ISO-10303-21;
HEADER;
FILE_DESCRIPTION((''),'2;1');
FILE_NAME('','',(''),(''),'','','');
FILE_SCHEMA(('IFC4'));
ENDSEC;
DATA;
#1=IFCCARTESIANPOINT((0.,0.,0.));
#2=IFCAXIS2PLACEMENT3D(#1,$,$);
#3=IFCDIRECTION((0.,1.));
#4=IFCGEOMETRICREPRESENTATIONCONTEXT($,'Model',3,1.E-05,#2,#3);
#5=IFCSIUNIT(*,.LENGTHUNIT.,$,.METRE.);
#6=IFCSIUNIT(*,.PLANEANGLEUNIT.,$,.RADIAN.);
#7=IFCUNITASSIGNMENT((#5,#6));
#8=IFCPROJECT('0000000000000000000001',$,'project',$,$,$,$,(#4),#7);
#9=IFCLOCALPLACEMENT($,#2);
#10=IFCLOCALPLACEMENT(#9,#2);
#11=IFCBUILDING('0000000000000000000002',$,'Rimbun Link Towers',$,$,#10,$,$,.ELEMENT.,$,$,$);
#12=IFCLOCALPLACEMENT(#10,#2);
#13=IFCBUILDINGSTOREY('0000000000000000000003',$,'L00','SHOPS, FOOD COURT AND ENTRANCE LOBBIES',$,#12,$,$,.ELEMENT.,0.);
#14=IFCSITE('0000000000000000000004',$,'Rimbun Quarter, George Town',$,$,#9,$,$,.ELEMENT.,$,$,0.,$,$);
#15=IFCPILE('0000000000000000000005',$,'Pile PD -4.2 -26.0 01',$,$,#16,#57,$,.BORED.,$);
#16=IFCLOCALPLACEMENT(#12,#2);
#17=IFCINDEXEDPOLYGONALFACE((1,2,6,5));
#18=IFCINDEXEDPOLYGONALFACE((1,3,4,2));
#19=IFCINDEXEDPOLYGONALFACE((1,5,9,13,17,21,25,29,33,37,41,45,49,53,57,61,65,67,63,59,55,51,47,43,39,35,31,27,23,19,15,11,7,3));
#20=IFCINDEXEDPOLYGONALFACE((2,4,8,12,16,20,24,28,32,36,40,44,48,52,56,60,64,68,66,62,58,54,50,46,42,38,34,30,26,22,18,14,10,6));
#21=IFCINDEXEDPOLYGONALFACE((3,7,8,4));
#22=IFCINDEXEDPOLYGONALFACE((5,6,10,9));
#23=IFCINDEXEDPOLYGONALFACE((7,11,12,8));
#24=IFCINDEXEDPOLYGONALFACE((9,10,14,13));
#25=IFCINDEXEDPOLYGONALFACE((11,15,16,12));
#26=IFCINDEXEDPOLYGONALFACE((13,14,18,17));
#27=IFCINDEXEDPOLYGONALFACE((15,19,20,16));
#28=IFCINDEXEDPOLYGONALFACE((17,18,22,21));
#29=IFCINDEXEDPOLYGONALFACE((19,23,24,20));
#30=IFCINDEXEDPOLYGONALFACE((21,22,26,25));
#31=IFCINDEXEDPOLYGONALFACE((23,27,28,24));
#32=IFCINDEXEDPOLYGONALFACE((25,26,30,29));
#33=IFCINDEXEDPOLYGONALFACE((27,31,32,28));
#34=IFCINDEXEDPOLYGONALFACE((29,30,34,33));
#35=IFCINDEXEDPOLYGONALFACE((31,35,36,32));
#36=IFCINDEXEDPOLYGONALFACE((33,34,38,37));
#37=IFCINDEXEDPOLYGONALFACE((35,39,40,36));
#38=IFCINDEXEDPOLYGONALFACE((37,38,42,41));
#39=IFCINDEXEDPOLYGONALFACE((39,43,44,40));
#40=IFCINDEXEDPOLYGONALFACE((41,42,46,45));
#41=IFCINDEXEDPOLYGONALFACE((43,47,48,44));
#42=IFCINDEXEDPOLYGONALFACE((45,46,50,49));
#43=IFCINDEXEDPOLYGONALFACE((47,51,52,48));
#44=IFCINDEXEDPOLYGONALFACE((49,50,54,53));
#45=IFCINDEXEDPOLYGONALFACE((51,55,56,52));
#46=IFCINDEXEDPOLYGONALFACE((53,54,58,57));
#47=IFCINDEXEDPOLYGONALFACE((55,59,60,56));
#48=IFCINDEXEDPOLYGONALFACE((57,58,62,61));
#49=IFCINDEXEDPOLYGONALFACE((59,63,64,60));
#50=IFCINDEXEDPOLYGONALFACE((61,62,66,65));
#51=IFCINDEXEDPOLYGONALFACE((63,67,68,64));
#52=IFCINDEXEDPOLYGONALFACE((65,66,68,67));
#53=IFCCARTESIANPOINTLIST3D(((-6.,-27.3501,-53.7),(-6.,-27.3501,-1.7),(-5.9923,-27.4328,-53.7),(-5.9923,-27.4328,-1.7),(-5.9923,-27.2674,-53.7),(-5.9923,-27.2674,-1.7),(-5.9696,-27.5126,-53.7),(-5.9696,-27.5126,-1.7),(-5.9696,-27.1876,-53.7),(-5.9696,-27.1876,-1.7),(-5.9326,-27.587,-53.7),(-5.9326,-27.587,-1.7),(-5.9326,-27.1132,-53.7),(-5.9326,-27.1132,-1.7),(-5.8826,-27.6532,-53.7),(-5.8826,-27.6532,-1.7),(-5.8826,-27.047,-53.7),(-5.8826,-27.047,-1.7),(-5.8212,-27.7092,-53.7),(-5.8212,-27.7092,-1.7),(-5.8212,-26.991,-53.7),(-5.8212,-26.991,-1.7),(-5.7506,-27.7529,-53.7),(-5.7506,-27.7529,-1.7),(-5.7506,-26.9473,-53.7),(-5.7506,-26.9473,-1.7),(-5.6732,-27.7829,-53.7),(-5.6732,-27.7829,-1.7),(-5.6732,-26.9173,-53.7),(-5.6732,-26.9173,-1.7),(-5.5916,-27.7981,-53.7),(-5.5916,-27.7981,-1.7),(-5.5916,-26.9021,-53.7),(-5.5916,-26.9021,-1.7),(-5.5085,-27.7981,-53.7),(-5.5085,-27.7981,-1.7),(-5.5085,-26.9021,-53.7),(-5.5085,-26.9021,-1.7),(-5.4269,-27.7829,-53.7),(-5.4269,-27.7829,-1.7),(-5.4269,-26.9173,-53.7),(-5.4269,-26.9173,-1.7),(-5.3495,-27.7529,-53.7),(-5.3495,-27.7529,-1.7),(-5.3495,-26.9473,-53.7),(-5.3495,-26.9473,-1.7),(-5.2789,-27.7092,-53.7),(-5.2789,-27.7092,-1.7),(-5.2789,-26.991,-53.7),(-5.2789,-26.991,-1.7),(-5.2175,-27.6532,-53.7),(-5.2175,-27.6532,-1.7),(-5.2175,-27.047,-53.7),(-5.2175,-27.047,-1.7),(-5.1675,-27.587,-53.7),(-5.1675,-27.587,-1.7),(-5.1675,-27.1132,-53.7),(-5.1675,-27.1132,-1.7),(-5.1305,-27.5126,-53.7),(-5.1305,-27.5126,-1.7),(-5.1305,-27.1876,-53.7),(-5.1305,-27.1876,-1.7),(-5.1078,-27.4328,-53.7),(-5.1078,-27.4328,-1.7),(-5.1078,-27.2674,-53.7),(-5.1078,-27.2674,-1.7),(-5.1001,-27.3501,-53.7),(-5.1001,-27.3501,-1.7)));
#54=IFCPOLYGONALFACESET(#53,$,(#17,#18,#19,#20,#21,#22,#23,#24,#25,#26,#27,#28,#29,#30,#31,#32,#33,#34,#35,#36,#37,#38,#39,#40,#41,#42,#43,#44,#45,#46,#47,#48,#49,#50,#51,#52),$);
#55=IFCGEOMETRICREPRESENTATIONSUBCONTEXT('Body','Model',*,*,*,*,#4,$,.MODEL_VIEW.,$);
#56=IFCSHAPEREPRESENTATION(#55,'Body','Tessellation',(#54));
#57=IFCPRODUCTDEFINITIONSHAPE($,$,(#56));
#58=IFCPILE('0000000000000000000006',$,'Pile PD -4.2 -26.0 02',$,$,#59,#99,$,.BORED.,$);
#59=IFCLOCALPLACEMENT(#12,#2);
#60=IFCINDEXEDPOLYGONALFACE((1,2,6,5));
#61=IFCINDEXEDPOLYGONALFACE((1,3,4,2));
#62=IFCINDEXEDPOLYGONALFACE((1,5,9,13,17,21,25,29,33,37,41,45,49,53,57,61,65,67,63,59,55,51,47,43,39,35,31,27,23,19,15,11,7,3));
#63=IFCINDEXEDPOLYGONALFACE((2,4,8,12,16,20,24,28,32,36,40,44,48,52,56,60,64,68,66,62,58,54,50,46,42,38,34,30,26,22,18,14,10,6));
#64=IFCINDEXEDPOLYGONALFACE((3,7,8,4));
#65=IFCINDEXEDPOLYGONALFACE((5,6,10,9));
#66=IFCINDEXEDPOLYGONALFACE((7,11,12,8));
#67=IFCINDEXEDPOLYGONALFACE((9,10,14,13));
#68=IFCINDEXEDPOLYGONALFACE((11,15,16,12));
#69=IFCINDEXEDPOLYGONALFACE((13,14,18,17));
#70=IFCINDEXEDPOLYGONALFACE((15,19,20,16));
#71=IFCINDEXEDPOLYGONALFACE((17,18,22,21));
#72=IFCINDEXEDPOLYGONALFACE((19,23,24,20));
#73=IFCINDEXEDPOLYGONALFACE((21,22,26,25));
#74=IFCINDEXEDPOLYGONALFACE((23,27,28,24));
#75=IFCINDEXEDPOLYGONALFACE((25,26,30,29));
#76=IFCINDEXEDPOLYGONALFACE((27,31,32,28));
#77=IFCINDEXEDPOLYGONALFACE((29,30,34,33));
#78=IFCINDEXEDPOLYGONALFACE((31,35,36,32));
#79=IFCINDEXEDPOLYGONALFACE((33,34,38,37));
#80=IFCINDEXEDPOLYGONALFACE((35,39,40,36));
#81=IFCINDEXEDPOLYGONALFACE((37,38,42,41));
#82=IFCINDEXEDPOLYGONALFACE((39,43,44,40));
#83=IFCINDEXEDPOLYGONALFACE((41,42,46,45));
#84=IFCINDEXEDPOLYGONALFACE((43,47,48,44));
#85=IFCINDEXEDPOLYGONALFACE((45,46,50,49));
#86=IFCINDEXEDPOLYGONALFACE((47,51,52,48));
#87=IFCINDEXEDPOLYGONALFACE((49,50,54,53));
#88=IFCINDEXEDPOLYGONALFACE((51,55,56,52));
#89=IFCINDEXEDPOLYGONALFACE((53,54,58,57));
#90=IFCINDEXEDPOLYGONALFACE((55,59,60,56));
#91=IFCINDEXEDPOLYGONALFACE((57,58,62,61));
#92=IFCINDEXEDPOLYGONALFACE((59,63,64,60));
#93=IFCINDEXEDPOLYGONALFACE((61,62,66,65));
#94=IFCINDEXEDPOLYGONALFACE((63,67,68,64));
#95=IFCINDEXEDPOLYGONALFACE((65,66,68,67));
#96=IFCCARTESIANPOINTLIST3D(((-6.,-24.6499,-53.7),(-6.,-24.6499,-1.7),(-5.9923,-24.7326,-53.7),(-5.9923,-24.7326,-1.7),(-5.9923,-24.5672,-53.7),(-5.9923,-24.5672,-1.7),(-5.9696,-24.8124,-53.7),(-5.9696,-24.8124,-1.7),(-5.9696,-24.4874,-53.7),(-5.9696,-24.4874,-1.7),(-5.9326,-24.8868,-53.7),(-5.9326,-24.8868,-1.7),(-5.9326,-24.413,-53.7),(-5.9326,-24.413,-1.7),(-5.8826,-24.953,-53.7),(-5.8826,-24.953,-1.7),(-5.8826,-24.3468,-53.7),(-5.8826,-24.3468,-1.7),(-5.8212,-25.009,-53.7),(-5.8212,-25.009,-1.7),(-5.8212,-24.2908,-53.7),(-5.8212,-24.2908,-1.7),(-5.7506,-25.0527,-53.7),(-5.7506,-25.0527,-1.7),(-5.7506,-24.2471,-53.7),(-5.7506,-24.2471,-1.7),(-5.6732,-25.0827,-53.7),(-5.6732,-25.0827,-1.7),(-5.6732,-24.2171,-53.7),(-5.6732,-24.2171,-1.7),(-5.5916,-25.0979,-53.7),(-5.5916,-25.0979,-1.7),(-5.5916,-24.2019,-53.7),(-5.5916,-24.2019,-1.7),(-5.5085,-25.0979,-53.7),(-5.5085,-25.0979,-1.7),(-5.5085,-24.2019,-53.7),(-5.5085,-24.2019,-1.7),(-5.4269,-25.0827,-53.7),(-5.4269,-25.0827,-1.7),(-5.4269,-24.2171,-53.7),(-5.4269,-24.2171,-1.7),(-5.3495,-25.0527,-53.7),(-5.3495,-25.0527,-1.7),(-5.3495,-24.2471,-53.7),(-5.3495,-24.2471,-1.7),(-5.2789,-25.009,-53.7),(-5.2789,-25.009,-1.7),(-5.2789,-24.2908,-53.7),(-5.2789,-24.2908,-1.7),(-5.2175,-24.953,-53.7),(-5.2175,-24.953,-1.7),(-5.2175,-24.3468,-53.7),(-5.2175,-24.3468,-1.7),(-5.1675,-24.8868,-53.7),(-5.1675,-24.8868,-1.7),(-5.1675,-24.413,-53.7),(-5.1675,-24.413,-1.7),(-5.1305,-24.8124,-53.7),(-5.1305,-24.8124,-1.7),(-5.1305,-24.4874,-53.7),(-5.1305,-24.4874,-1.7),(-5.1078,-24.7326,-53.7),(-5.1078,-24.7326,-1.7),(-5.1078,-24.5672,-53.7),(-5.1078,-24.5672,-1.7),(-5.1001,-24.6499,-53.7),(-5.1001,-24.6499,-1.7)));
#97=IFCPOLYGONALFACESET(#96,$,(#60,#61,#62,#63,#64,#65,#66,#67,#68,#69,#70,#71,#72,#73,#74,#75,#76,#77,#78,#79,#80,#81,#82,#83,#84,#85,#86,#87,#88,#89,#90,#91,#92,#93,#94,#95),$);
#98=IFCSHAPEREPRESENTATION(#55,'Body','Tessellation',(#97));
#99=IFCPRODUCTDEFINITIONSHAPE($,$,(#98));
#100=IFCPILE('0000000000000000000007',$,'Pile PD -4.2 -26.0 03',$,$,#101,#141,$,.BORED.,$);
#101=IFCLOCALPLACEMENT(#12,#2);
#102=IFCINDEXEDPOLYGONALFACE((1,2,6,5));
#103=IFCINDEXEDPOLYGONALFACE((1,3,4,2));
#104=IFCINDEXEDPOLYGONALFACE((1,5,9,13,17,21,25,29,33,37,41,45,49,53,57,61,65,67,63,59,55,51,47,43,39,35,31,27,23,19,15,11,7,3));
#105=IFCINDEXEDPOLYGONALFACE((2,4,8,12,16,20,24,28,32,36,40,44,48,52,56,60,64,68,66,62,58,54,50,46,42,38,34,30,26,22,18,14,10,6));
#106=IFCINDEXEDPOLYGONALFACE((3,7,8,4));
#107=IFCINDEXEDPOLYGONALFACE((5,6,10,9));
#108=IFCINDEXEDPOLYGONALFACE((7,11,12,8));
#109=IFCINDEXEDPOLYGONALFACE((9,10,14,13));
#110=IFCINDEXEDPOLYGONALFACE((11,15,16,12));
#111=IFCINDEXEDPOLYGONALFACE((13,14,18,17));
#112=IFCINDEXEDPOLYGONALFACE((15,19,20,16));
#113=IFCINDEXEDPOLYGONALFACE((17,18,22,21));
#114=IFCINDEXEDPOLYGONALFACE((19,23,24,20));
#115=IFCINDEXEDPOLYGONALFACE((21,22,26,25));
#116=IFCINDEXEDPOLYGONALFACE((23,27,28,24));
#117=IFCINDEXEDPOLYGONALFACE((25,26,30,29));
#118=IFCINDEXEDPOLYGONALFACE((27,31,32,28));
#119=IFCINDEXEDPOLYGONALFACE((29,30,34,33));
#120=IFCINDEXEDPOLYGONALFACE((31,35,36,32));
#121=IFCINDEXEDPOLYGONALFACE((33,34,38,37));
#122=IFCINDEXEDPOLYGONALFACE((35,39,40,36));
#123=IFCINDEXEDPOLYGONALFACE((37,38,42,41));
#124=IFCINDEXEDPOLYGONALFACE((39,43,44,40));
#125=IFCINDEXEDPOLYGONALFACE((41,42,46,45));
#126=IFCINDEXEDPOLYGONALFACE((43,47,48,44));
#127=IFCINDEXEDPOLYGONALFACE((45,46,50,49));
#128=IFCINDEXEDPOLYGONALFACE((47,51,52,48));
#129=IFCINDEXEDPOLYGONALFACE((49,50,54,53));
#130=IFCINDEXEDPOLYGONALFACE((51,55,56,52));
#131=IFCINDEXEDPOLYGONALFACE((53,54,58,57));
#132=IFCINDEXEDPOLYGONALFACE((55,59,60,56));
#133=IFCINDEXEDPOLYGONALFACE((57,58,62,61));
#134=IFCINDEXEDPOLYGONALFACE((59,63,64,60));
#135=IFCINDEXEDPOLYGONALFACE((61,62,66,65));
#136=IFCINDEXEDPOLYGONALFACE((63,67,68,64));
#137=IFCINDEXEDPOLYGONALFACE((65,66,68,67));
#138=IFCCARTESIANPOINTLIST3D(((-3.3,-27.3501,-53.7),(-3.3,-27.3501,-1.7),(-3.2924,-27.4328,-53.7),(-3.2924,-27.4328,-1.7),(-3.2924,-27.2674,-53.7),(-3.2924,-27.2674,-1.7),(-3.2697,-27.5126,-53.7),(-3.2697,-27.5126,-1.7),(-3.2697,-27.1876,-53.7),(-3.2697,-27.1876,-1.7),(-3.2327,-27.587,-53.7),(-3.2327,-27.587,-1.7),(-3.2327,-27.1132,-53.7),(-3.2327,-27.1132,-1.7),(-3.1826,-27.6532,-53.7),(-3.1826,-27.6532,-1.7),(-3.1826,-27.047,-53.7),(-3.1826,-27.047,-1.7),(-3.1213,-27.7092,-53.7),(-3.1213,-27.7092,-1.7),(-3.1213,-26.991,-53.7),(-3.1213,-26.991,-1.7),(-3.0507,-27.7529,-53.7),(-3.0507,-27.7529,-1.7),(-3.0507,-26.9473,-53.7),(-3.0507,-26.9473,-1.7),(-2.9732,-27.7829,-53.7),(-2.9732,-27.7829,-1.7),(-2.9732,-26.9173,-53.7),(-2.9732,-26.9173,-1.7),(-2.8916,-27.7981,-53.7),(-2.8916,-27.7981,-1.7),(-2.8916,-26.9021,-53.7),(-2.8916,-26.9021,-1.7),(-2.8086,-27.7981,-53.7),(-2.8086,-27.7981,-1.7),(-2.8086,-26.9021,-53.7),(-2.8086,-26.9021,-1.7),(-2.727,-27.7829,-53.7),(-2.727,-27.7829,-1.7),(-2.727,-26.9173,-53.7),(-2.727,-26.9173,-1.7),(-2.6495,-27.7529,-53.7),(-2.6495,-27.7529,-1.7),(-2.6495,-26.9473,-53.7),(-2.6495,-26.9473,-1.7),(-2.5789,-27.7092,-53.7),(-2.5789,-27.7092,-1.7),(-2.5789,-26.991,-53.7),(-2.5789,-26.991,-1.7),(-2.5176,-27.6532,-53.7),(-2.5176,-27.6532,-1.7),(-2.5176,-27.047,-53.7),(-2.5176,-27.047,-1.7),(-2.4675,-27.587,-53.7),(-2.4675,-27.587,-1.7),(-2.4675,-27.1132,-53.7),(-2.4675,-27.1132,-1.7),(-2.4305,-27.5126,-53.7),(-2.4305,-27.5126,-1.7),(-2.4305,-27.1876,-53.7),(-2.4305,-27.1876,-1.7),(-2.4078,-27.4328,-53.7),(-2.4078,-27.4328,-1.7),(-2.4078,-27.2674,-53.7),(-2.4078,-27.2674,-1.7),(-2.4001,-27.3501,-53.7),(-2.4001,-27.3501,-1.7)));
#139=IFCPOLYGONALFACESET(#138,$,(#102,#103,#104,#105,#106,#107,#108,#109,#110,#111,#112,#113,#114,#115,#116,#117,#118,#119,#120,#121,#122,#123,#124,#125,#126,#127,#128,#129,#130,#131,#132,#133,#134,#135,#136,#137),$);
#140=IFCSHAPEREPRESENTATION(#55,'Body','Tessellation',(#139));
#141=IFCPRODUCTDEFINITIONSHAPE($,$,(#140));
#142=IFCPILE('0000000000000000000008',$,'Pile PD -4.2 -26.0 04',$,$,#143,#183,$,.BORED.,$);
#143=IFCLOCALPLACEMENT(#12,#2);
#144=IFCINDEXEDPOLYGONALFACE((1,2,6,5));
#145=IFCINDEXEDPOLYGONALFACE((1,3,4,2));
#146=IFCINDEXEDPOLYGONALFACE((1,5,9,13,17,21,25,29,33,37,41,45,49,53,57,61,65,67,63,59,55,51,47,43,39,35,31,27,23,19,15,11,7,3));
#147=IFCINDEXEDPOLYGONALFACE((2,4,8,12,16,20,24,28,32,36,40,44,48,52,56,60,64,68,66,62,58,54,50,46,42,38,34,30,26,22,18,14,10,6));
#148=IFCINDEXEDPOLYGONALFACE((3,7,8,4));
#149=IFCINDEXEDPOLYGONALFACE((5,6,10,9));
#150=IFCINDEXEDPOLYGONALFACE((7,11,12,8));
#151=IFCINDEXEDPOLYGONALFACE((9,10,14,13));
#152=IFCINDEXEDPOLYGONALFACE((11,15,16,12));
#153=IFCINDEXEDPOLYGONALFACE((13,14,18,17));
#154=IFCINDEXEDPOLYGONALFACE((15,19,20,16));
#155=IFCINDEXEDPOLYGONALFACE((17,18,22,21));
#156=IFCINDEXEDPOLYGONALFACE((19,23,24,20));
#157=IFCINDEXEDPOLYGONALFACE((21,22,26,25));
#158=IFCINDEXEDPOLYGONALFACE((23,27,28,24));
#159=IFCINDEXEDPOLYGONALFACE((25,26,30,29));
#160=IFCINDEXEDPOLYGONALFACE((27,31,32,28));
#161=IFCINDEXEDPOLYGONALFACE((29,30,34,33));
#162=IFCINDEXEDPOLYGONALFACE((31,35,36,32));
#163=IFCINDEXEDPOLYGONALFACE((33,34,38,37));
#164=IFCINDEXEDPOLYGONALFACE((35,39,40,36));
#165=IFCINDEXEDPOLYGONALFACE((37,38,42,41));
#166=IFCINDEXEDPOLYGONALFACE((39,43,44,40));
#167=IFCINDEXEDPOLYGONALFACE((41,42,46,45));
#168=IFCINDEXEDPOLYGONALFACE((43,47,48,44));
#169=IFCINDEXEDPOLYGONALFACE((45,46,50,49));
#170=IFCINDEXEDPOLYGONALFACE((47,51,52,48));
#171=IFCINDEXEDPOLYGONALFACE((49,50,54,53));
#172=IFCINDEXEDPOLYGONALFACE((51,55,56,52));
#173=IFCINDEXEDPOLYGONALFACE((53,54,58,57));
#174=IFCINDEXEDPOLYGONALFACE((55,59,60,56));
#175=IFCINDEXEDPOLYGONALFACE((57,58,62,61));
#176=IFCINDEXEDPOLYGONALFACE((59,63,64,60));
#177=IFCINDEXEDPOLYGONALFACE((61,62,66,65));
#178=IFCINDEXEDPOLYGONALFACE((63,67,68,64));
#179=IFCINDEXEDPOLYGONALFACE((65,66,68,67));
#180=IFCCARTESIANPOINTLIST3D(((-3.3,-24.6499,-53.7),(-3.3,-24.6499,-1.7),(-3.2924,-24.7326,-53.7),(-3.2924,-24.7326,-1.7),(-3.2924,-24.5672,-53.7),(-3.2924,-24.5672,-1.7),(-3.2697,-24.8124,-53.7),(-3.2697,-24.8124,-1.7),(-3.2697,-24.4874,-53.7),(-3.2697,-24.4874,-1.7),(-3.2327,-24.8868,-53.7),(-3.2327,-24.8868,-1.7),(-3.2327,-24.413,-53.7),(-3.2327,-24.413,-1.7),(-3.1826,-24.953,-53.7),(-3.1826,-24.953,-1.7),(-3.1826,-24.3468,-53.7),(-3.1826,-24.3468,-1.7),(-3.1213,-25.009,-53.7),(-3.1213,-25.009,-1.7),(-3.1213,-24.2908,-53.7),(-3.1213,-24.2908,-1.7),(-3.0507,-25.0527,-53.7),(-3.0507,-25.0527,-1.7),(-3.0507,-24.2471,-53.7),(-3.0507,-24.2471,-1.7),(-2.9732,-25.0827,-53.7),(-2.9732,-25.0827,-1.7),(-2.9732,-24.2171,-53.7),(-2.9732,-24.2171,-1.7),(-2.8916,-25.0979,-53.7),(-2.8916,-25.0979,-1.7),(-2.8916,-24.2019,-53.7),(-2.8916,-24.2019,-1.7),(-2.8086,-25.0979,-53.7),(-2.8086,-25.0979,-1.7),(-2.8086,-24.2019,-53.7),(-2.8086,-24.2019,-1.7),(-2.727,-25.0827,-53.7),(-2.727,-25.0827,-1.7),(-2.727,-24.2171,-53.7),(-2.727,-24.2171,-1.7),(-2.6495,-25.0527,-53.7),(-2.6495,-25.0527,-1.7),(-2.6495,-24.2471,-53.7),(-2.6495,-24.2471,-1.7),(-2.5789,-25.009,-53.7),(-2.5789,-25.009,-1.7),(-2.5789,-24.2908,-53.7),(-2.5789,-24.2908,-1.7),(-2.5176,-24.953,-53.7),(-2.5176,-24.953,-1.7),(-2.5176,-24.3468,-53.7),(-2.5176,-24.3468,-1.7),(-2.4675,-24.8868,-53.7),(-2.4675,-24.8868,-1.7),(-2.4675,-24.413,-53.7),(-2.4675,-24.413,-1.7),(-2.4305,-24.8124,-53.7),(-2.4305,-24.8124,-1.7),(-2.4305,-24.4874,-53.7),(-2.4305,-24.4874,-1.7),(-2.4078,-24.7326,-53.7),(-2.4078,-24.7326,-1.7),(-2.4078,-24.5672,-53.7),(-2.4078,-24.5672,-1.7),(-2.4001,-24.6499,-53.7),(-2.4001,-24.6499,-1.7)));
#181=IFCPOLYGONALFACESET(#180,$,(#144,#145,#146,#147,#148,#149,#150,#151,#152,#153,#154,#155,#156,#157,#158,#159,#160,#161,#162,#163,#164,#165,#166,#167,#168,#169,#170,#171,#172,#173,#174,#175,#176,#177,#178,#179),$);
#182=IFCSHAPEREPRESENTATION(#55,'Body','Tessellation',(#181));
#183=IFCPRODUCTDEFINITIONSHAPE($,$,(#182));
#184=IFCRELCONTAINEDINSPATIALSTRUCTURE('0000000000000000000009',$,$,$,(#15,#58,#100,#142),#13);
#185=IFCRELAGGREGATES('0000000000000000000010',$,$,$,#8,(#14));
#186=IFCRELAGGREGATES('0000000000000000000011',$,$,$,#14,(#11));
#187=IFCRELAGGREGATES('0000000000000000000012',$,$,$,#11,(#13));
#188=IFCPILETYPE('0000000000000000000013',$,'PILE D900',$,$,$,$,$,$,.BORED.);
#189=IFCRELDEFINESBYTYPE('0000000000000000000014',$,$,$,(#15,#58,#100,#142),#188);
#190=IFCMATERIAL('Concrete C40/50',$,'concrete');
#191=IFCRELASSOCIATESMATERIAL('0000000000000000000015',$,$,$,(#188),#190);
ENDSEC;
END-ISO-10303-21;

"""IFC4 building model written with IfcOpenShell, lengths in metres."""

from ifc_helpers import new_model, si_unit, direction, frame, origin, origin_2d, place, context, subcontext, project, spatial, circle, extrude, material, material_profile, profile_set, type_object, element, save


model = new_model("IFC4")

# Units and contexts
model_context = context("Model", 3, precision=1e-05, world=origin(), true_north=direction((0.0, 1.0)))
body_context = subcontext(model_context, "Body", "Model", "MODEL_VIEW")
ifc_project = project(units=[si_unit("LENGTHUNIT", "METRE"), si_unit("PLANEANGLEUNIT", "RADIAN")], contexts=[model_context])

# Site, building, storey
site_placement = place(None, origin())
site = spatial("IfcSite", under=ifc_project, at=site_placement, Name="Rimbun Quarter, George Town", CompositionType="ELEMENT", RefElevation=0.0)
building_placement = place(site_placement, origin())
building = spatial("IfcBuilding", under=site, at=building_placement, Name="Rimbun Link Towers", CompositionType="ELEMENT")
storey_placement = place(building_placement, origin())
storey = spatial("IfcBuildingStorey", under=building, at=storey_placement, Name="L00", Description="SHOPS, FOOD COURT AND ENTRANCE LOBBIES", CompositionType="ELEMENT", Elevation=0.0)

# Piles
ifc_material_1 = material(Name="Concrete C40/50", Category="concrete")
ifc_material_profile_1 = material_profile(ifc_material_1, circle(Radius=0.45, at=origin_2d()), Name="PILE D900")
ifc_profile_set_1 = profile_set([ifc_material_profile_1], Name="Concrete C40/50")
pile_type_1 = type_object("IfcPileType", Name="PILE D900", PredefinedType="BORED", material=ifc_profile_set_1)
for number, where, z_axis, x_axis, name in (
    (1, (-5.55, -27.3501, -1.7), (0.0, 0.0, -1.0), (1.0, 0.0, 0.0), "Pile PD -4.2 -26.0 01"),
    (2, (-5.55, -24.6499, -1.7), (0.0, 0.0, -1.0), (1.0, 0.0, 0.0), "Pile PD -4.2 -26.0 02"),
    (3, (-2.8501, -27.3501, -1.7), (0.0, 0.0, -1.0), (1.0, 0.0, 0.0), "Pile PD -4.2 -26.0 03"),
    (4, (-2.8501, -24.6499, -1.7), (0.0, 0.0, -1.0), (1.0, 0.0, 0.0), "Pile PD -4.2 -26.0 04"),
):
    element("IfcPile", number, at=place(storey_placement, frame(where, z_axis=z_axis, x_axis=x_axis)), inside=storey, type_object=pile_type_1, Name=name, PredefinedType="BORED", context=body_context, shape_type="SweptSolid", body=[
        extrude(circle(Radius=0.45, at=origin_2d()), origin(), (0.0, 0.0, 1.0), 52.0),
    ])

save(model, "model.ifc")
